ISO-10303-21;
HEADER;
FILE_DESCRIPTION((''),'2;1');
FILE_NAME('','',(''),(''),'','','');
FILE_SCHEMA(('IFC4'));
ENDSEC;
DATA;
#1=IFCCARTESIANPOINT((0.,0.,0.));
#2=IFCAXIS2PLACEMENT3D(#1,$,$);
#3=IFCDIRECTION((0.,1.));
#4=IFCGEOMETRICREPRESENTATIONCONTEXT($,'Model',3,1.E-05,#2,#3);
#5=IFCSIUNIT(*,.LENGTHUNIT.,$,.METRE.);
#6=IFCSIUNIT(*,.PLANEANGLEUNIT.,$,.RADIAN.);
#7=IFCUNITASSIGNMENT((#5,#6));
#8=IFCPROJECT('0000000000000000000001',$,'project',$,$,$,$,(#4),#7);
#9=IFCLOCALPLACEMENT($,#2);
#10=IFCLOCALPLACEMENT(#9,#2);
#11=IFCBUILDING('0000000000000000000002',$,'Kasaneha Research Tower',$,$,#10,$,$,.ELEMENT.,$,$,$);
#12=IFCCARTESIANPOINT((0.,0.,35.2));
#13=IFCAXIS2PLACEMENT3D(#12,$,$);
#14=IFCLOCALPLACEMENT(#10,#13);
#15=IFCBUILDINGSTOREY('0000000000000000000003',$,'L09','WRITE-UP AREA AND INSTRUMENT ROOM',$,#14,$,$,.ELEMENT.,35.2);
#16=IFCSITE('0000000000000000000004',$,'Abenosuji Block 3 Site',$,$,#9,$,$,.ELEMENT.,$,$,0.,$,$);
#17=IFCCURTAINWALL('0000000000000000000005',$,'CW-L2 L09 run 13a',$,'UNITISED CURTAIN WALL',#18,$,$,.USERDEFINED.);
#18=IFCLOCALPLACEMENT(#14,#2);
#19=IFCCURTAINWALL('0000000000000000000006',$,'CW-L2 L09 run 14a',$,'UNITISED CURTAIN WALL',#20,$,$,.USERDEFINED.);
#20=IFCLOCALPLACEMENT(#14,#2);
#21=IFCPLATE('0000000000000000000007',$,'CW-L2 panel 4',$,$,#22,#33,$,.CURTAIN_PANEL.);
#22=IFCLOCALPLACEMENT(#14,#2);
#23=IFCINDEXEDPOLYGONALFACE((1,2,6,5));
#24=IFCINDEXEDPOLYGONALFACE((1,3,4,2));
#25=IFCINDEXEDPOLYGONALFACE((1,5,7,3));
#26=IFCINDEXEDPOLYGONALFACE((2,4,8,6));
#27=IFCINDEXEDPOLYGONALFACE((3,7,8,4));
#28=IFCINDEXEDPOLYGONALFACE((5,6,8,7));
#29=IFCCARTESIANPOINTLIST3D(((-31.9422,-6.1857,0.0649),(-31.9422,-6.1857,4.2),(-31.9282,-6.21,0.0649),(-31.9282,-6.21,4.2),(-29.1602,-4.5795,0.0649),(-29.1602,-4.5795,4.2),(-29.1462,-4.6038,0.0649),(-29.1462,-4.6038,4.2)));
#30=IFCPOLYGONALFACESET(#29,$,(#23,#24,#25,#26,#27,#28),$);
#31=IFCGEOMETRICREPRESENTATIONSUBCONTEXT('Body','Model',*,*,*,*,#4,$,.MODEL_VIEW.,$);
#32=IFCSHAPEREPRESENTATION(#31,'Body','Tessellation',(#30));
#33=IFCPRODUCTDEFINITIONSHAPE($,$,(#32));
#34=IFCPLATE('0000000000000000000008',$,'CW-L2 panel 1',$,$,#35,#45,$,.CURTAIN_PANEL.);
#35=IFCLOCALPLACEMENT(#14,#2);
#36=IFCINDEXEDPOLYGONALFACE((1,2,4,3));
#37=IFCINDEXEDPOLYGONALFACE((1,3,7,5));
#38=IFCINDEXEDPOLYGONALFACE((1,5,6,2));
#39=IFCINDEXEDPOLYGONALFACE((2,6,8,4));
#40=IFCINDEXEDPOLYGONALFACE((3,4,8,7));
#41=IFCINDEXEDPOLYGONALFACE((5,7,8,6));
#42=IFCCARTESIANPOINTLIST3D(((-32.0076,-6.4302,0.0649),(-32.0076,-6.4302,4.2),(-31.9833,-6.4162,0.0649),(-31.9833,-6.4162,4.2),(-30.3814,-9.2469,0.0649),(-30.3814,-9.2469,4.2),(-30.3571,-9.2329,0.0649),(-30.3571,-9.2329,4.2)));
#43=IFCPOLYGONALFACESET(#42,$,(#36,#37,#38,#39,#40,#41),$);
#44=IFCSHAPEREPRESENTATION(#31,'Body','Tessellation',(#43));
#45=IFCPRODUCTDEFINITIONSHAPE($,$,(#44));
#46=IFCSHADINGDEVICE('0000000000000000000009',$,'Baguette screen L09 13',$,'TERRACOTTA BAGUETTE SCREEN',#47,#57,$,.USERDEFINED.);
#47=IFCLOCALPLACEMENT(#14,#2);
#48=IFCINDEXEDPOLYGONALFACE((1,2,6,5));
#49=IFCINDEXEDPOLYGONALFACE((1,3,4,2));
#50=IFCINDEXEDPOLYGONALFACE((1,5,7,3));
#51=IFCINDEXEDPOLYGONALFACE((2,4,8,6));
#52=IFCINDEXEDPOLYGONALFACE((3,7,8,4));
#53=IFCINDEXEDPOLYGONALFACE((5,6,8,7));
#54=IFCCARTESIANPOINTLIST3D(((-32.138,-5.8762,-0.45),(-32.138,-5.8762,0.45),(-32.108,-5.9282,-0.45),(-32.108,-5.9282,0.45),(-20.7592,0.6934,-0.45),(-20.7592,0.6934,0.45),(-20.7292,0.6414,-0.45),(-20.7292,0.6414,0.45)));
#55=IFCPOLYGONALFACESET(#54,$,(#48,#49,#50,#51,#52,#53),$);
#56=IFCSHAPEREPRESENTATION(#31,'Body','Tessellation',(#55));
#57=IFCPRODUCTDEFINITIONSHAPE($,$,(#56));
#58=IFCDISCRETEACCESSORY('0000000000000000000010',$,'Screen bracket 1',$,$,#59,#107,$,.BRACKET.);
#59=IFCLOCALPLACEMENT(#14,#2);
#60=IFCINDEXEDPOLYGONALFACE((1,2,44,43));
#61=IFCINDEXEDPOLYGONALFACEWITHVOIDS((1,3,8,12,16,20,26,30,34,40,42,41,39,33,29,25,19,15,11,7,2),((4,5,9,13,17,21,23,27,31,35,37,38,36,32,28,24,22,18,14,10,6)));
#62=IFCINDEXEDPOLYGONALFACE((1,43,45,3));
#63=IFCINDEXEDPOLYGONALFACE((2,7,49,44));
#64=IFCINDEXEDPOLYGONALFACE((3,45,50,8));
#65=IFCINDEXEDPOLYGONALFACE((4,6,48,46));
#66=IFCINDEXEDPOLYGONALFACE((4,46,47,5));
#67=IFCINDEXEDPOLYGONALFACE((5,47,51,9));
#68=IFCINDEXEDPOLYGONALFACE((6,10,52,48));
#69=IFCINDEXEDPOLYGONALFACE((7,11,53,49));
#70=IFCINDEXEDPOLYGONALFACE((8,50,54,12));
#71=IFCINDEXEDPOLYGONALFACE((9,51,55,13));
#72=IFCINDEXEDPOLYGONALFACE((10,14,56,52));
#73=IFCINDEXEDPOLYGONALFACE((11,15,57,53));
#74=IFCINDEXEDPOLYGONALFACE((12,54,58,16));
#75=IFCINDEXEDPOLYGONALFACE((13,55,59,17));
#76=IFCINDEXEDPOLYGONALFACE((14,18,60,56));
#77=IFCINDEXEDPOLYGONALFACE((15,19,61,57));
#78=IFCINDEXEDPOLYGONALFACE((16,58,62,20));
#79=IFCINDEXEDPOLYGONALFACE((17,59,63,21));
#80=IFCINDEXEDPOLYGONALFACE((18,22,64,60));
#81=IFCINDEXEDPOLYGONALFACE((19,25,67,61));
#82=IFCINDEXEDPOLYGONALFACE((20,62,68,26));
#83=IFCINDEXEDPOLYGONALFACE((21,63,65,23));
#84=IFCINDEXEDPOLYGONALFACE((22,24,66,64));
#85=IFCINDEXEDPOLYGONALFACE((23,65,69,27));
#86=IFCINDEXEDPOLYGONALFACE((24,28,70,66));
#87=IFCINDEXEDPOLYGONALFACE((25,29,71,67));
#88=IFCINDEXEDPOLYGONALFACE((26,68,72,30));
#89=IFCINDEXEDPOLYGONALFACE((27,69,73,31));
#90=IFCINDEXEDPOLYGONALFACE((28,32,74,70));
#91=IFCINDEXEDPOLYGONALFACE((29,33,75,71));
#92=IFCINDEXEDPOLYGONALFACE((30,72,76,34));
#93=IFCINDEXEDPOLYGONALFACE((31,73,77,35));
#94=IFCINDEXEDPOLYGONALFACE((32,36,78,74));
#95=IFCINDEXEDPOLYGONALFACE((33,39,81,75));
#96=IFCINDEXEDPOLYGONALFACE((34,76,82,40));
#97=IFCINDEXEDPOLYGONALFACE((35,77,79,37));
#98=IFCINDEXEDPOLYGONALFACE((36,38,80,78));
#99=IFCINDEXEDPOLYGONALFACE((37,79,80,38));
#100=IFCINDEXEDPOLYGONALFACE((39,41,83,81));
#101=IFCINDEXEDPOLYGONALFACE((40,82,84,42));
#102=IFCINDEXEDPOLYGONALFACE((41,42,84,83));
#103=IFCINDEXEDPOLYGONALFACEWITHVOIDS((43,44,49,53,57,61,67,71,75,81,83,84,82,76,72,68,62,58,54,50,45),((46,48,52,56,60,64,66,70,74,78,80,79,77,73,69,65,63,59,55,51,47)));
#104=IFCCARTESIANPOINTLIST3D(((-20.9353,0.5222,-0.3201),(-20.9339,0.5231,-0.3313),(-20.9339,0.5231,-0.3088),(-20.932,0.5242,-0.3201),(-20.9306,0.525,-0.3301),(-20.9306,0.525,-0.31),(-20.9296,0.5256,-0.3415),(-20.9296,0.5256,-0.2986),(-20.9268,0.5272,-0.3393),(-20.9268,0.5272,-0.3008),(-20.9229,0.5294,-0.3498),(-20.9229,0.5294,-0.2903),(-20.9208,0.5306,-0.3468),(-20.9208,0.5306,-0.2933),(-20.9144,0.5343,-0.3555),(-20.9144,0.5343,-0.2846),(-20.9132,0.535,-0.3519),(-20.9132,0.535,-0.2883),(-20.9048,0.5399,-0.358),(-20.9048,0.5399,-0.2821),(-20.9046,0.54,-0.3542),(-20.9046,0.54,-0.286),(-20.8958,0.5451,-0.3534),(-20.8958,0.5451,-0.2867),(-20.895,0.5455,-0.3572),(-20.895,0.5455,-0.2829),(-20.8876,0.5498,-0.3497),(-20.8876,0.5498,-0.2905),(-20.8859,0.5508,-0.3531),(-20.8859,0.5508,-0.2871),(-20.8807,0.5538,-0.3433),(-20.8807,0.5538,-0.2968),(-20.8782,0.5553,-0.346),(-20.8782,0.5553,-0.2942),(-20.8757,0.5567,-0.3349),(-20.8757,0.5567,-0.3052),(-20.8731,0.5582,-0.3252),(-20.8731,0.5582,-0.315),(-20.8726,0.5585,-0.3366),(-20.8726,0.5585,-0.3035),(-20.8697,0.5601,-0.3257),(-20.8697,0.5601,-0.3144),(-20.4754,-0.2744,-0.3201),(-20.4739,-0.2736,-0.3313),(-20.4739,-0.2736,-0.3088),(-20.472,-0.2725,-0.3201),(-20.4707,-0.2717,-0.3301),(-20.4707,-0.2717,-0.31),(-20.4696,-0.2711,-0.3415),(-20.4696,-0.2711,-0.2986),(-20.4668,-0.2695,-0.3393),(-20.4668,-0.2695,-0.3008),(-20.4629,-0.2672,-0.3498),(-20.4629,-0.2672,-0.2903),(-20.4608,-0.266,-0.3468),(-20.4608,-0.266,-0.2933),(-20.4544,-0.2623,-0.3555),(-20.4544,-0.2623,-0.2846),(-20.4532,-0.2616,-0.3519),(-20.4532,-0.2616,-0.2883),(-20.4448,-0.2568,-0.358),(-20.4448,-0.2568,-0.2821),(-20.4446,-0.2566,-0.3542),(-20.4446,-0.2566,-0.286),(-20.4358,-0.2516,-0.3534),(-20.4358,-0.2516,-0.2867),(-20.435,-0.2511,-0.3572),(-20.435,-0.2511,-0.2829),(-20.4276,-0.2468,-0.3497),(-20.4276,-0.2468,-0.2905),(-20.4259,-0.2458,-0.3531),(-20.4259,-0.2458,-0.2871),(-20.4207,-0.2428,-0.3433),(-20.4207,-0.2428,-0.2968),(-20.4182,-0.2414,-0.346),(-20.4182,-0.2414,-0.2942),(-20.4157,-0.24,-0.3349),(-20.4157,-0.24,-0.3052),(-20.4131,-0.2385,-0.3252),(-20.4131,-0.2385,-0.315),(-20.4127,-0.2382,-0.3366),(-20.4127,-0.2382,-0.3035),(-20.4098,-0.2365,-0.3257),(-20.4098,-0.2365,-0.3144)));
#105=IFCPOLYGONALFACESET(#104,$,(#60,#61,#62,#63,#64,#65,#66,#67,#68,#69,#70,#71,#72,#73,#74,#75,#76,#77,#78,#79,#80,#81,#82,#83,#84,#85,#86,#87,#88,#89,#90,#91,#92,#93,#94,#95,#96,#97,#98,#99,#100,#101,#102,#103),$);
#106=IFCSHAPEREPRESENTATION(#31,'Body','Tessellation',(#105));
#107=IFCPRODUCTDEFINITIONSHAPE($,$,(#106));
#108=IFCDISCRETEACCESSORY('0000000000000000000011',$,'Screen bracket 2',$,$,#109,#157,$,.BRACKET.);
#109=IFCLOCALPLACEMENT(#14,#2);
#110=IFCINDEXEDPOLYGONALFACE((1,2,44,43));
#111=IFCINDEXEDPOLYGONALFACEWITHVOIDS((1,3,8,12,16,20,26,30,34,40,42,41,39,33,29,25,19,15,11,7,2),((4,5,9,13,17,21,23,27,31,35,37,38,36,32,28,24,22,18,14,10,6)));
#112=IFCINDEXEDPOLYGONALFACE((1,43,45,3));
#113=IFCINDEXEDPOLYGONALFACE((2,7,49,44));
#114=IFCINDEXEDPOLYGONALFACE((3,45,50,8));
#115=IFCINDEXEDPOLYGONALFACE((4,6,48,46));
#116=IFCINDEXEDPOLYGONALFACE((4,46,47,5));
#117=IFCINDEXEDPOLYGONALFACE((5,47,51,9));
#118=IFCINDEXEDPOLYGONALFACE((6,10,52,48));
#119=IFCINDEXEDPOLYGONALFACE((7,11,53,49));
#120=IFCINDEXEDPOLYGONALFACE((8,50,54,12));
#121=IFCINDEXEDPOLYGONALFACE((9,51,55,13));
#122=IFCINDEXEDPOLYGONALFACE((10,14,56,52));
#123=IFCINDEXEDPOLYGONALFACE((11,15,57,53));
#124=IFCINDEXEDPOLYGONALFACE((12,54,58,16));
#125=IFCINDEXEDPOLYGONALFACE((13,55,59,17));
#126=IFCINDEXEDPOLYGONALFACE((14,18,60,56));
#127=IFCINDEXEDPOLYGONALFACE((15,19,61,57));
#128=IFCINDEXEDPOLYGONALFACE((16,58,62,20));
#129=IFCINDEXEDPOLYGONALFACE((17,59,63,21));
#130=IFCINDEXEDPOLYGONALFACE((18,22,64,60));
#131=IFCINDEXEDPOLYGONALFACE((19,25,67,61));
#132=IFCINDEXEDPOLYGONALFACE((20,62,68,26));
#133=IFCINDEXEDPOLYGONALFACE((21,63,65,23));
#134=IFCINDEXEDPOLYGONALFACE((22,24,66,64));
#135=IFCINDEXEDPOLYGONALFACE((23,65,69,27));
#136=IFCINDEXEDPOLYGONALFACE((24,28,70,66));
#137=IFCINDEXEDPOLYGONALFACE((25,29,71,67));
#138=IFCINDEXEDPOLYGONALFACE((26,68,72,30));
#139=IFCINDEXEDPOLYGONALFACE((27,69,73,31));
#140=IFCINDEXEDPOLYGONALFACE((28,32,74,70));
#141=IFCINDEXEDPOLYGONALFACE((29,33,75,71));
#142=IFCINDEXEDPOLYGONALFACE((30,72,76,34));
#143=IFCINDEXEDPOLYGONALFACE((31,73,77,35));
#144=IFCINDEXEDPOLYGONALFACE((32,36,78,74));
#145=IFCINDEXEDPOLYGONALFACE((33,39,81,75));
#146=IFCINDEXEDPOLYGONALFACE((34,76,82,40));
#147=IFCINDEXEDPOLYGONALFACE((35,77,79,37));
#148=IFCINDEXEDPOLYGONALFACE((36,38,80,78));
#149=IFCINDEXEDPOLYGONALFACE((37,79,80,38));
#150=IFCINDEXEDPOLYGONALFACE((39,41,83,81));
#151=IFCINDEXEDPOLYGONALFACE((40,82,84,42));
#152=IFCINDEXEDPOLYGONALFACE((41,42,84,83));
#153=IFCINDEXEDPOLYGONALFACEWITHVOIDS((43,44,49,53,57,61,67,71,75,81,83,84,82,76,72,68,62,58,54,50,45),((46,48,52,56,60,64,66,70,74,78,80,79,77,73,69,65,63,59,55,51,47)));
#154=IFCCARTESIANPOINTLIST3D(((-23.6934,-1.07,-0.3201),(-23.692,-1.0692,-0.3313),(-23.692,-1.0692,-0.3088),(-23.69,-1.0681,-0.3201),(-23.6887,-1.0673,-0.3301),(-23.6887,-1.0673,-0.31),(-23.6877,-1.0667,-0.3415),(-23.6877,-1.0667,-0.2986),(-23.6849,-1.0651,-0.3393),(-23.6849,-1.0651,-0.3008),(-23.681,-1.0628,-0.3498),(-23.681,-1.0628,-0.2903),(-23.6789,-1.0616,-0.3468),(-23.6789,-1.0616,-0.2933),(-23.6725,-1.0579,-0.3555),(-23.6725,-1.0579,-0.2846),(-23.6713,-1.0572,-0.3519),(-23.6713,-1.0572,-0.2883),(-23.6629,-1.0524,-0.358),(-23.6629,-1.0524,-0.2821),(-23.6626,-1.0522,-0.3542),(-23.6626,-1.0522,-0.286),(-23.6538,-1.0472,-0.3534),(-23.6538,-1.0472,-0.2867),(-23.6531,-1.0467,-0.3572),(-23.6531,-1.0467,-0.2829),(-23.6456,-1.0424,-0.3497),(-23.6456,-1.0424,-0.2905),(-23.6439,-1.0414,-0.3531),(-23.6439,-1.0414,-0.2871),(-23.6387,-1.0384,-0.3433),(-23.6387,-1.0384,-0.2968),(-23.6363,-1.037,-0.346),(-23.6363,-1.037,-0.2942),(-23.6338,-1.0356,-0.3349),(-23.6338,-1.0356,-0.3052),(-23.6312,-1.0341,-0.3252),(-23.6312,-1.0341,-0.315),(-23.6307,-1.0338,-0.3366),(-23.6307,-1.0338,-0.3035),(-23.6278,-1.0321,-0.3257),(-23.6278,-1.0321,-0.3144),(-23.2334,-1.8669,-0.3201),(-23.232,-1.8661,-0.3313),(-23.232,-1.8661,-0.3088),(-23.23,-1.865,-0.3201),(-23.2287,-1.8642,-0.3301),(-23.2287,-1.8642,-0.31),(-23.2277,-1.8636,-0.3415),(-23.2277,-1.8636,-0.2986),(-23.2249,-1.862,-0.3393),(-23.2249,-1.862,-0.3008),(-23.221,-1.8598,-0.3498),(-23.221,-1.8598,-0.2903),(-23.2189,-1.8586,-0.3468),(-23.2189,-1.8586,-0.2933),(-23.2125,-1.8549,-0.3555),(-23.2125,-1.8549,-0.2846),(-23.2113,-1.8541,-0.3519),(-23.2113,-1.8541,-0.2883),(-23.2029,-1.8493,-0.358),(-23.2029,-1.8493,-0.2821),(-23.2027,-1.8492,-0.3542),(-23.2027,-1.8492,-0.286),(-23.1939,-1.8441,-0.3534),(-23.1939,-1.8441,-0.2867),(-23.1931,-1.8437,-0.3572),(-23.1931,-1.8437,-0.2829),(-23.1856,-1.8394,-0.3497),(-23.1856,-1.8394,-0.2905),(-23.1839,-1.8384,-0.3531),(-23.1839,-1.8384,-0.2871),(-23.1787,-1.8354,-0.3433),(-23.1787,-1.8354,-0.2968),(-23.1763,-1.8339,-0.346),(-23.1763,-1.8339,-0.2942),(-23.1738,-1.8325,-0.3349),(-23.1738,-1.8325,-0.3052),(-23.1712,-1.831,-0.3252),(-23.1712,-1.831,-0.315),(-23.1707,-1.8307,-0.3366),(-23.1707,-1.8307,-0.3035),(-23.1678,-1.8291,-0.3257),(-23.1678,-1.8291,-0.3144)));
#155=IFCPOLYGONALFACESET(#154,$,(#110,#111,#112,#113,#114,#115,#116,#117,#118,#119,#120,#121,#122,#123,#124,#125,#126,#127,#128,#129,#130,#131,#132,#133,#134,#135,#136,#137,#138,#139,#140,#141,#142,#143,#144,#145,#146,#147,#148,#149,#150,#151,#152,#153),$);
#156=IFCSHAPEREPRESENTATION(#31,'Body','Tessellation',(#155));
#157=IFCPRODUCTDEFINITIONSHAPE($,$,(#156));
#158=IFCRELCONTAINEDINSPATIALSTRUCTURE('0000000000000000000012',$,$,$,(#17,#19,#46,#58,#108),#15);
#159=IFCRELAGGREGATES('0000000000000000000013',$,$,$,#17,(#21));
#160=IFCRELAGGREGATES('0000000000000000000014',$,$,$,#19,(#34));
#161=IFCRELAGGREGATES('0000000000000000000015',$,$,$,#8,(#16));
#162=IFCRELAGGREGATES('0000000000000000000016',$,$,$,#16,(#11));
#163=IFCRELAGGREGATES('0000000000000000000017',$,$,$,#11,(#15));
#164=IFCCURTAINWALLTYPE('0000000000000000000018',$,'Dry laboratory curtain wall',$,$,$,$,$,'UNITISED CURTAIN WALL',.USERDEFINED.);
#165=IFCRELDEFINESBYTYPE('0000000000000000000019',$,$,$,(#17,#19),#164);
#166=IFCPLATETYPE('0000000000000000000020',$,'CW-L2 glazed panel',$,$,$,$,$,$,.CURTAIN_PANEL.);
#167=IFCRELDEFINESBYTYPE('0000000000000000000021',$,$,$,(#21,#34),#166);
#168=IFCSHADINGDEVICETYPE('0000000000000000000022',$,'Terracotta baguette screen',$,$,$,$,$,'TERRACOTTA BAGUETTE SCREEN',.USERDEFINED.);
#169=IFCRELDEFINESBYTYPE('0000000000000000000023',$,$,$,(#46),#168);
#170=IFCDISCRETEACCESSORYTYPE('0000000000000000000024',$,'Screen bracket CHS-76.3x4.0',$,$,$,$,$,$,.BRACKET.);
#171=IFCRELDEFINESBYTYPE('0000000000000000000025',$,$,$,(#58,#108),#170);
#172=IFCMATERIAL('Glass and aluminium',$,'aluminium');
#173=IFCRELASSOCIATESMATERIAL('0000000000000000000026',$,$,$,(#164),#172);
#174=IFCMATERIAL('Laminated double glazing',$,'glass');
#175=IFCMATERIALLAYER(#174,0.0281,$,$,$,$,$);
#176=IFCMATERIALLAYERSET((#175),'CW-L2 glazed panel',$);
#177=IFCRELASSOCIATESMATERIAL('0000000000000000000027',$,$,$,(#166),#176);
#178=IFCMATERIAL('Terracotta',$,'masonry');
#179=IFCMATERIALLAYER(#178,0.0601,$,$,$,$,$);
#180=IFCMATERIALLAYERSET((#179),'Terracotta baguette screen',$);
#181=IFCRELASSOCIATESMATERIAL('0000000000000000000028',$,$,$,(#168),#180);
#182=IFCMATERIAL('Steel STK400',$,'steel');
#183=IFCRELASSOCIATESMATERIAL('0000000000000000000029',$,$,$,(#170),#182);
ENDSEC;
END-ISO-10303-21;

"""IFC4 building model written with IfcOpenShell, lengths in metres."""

from ifc_helpers import new_model, si_unit, direction, frame, origin, origin_2d, place, context, subcontext, project, spatial, rectangle, hollow_circle, extrude, material, layer, layer_set, material_profile, profile_set, type_object, element, aggregate, save


model = new_model("IFC4")

# Units and contexts
model_context = context("Model", 3, precision=1e-05, world=origin(), true_north=direction((0.0, 1.0)))
body_context = subcontext(model_context, "Body", "Model", "MODEL_VIEW")
ifc_project = project(units=[si_unit("LENGTHUNIT", "METRE"), si_unit("PLANEANGLEUNIT", "RADIAN")], contexts=[model_context])

# Site, building, storey
site_placement = place(None, origin())
site = spatial("IfcSite", under=ifc_project, at=site_placement, Name="Abenosuji Block 3 Site", CompositionType="ELEMENT", RefElevation=0.0)
building_placement = place(site_placement, origin())
building = spatial("IfcBuilding", under=site, at=building_placement, Name="Kasaneha Research Tower", CompositionType="ELEMENT")
storey_placement = place(building_placement, frame((0.0, 0.0, 35.2)))
storey = spatial("IfcBuildingStorey", under=building, at=storey_placement, Name="L09", Description="WRITE-UP AREA AND INSTRUMENT ROOM", CompositionType="ELEMENT", Elevation=35.2)

# Curtain walls
ifc_material_1 = material(Name="Glass and aluminium", Category="aluminium")
curtain_wall_type = type_object("IfcCurtainWallType", Name="Dry laboratory curtain wall", ElementType="UNITISED CURTAIN WALL", PredefinedType="USERDEFINED", material=ifc_material_1)
curtain_wall_1_placement = place(storey_placement, origin())
curtain_wall_1 = element("IfcCurtainWall", 1, at=curtain_wall_1_placement, inside=storey, type_object=curtain_wall_type, Name="CW-L2 L09 run 13a", ObjectType="UNITISED CURTAIN WALL", PredefinedType="USERDEFINED")
curtain_wall_2_placement = place(storey_placement, origin())
curtain_wall_2 = element("IfcCurtainWall", 2, at=curtain_wall_2_placement, inside=storey, type_object=curtain_wall_type, Name="CW-L2 L09 run 14a", ObjectType="UNITISED CURTAIN WALL", PredefinedType="USERDEFINED")

# Plates
ifc_material_2 = material(Name="Laminated double glazing", Category="glass")
ifc_layer_1 = layer(ifc_material_2, 0.0281)
ifc_layer_set_1 = layer_set([ifc_layer_1], Name="CW-L2 glazed panel")
plate_type = type_object("IfcPlateType", Name="CW-L2 glazed panel", PredefinedType="CURTAIN_PANEL", material=ifc_layer_set_1)
plate_1_placement = place(storey_placement, frame((-30.5442, -5.3948, 0.0649), z_axis=(0.0, 0.0, 1.0), x_axis=(-0.866025, -0.5, 0.0)))
plate_1 = element("IfcPlate", 3, at=plate_1_placement, type_object=plate_type, Name="CW-L2 panel 4", PredefinedType="CURTAIN_PANEL", context=body_context, shape_type="SweptSolid", body=[
    extrude(rectangle(XDim=3.2124, YDim=0.0281, at=origin_2d()), origin(), (0.0, 0.0, 1.0), 4.135),
])
aggregate(curtain_wall_1, [plate_1])
plate_2_placement = place(storey_placement, frame((-31.1824, -7.8315, 0.0649), z_axis=(0.0, 0.0, 1.0), x_axis=(0.5, -0.866025, 0.0)))
plate_2 = element("IfcPlate", 4, at=plate_2_placement, type_object=plate_type, Name="CW-L2 panel 1", PredefinedType="CURTAIN_PANEL", context=body_context, shape_type="SweptSolid", body=[
    extrude(rectangle(XDim=3.2524, YDim=0.0281, at=origin_2d()), origin(), (0.0, 0.0, 1.0), 4.135),
])
aggregate(curtain_wall_2, [plate_2])

# Shading device
ifc_material_3 = material(Name="Terracotta", Category="masonry")
ifc_layer_2 = layer(ifc_material_3, 0.0601)
ifc_layer_set_2 = layer_set([ifc_layer_2], Name="Terracotta baguette screen")
shading_device_type = type_object("IfcShadingDeviceType", Name="Terracotta baguette screen", ElementType="TERRACOTTA BAGUETTE SCREEN", PredefinedType="USERDEFINED", material=ifc_layer_set_2)
shading_device_placement = place(storey_placement, frame((-26.4336, -2.6174, -0.45), z_axis=(0.0, 0.0, 1.0), x_axis=(-0.866025, -0.5, 0.0)))
element("IfcShadingDevice", 5, at=shading_device_placement, inside=storey, type_object=shading_device_type, Name="Baguette screen L09 13", ObjectType="TERRACOTTA BAGUETTE SCREEN", PredefinedType="USERDEFINED", context=body_context, shape_type="SweptSolid", body=[
    extrude(rectangle(XDim=13.1392, YDim=0.0601, at=origin_2d()), origin(), (0.0, 0.0, 1.0), 0.8999),
])

# Discrete accessories
ifc_material_4 = material(Name="Steel STK400", Category="steel")
ifc_material_profile_1 = material_profile(ifc_material_4, hollow_circle(Radius=0.0381, WallThickness=0.0039, at=origin_2d()), Name="CHS-76.3x4.0")
ifc_profile_set_1 = profile_set([ifc_material_profile_1], Name="Steel STK400")
discrete_accessory_type = type_object("IfcDiscreteAccessoryType", Name="Screen bracket CHS-76.3x4.0", PredefinedType="BRACKET", material=ifc_profile_set_1)
discrete_accessory_1_placement = place(storey_placement, frame((-20.4424, -0.2554, -0.3201), z_axis=(-0.500021, 0.866013, 0.0), x_axis=(-0.866013, -0.500021, 0.0)))
element("IfcDiscreteAccessory", 6, at=discrete_accessory_1_placement, inside=storey, type_object=discrete_accessory_type, Name="Screen bracket 1", PredefinedType="BRACKET", context=body_context, shape_type="SweptSolid", body=[
    extrude(hollow_circle(Radius=0.0381, WallThickness=0.0039, at=origin_2d()), origin(), (0.0, 0.0, 1.0), 0.9199),
])
discrete_accessory_2_placement = place(storey_placement, frame((-23.2004, -1.8479, -0.3201), z_axis=(-0.499906, 0.86608, 0.0), x_axis=(-0.86608, -0.499906, 0.0)))
element("IfcDiscreteAccessory", 7, at=discrete_accessory_2_placement, inside=storey, type_object=discrete_accessory_type, Name="Screen bracket 2", PredefinedType="BRACKET", context=body_context, shape_type="SweptSolid", body=[
    extrude(hollow_circle(Radius=0.0381, WallThickness=0.0039, at=origin_2d()), origin(), (0.0, 0.0, 1.0), 0.9202),
])

save(model, "model.ifc")
